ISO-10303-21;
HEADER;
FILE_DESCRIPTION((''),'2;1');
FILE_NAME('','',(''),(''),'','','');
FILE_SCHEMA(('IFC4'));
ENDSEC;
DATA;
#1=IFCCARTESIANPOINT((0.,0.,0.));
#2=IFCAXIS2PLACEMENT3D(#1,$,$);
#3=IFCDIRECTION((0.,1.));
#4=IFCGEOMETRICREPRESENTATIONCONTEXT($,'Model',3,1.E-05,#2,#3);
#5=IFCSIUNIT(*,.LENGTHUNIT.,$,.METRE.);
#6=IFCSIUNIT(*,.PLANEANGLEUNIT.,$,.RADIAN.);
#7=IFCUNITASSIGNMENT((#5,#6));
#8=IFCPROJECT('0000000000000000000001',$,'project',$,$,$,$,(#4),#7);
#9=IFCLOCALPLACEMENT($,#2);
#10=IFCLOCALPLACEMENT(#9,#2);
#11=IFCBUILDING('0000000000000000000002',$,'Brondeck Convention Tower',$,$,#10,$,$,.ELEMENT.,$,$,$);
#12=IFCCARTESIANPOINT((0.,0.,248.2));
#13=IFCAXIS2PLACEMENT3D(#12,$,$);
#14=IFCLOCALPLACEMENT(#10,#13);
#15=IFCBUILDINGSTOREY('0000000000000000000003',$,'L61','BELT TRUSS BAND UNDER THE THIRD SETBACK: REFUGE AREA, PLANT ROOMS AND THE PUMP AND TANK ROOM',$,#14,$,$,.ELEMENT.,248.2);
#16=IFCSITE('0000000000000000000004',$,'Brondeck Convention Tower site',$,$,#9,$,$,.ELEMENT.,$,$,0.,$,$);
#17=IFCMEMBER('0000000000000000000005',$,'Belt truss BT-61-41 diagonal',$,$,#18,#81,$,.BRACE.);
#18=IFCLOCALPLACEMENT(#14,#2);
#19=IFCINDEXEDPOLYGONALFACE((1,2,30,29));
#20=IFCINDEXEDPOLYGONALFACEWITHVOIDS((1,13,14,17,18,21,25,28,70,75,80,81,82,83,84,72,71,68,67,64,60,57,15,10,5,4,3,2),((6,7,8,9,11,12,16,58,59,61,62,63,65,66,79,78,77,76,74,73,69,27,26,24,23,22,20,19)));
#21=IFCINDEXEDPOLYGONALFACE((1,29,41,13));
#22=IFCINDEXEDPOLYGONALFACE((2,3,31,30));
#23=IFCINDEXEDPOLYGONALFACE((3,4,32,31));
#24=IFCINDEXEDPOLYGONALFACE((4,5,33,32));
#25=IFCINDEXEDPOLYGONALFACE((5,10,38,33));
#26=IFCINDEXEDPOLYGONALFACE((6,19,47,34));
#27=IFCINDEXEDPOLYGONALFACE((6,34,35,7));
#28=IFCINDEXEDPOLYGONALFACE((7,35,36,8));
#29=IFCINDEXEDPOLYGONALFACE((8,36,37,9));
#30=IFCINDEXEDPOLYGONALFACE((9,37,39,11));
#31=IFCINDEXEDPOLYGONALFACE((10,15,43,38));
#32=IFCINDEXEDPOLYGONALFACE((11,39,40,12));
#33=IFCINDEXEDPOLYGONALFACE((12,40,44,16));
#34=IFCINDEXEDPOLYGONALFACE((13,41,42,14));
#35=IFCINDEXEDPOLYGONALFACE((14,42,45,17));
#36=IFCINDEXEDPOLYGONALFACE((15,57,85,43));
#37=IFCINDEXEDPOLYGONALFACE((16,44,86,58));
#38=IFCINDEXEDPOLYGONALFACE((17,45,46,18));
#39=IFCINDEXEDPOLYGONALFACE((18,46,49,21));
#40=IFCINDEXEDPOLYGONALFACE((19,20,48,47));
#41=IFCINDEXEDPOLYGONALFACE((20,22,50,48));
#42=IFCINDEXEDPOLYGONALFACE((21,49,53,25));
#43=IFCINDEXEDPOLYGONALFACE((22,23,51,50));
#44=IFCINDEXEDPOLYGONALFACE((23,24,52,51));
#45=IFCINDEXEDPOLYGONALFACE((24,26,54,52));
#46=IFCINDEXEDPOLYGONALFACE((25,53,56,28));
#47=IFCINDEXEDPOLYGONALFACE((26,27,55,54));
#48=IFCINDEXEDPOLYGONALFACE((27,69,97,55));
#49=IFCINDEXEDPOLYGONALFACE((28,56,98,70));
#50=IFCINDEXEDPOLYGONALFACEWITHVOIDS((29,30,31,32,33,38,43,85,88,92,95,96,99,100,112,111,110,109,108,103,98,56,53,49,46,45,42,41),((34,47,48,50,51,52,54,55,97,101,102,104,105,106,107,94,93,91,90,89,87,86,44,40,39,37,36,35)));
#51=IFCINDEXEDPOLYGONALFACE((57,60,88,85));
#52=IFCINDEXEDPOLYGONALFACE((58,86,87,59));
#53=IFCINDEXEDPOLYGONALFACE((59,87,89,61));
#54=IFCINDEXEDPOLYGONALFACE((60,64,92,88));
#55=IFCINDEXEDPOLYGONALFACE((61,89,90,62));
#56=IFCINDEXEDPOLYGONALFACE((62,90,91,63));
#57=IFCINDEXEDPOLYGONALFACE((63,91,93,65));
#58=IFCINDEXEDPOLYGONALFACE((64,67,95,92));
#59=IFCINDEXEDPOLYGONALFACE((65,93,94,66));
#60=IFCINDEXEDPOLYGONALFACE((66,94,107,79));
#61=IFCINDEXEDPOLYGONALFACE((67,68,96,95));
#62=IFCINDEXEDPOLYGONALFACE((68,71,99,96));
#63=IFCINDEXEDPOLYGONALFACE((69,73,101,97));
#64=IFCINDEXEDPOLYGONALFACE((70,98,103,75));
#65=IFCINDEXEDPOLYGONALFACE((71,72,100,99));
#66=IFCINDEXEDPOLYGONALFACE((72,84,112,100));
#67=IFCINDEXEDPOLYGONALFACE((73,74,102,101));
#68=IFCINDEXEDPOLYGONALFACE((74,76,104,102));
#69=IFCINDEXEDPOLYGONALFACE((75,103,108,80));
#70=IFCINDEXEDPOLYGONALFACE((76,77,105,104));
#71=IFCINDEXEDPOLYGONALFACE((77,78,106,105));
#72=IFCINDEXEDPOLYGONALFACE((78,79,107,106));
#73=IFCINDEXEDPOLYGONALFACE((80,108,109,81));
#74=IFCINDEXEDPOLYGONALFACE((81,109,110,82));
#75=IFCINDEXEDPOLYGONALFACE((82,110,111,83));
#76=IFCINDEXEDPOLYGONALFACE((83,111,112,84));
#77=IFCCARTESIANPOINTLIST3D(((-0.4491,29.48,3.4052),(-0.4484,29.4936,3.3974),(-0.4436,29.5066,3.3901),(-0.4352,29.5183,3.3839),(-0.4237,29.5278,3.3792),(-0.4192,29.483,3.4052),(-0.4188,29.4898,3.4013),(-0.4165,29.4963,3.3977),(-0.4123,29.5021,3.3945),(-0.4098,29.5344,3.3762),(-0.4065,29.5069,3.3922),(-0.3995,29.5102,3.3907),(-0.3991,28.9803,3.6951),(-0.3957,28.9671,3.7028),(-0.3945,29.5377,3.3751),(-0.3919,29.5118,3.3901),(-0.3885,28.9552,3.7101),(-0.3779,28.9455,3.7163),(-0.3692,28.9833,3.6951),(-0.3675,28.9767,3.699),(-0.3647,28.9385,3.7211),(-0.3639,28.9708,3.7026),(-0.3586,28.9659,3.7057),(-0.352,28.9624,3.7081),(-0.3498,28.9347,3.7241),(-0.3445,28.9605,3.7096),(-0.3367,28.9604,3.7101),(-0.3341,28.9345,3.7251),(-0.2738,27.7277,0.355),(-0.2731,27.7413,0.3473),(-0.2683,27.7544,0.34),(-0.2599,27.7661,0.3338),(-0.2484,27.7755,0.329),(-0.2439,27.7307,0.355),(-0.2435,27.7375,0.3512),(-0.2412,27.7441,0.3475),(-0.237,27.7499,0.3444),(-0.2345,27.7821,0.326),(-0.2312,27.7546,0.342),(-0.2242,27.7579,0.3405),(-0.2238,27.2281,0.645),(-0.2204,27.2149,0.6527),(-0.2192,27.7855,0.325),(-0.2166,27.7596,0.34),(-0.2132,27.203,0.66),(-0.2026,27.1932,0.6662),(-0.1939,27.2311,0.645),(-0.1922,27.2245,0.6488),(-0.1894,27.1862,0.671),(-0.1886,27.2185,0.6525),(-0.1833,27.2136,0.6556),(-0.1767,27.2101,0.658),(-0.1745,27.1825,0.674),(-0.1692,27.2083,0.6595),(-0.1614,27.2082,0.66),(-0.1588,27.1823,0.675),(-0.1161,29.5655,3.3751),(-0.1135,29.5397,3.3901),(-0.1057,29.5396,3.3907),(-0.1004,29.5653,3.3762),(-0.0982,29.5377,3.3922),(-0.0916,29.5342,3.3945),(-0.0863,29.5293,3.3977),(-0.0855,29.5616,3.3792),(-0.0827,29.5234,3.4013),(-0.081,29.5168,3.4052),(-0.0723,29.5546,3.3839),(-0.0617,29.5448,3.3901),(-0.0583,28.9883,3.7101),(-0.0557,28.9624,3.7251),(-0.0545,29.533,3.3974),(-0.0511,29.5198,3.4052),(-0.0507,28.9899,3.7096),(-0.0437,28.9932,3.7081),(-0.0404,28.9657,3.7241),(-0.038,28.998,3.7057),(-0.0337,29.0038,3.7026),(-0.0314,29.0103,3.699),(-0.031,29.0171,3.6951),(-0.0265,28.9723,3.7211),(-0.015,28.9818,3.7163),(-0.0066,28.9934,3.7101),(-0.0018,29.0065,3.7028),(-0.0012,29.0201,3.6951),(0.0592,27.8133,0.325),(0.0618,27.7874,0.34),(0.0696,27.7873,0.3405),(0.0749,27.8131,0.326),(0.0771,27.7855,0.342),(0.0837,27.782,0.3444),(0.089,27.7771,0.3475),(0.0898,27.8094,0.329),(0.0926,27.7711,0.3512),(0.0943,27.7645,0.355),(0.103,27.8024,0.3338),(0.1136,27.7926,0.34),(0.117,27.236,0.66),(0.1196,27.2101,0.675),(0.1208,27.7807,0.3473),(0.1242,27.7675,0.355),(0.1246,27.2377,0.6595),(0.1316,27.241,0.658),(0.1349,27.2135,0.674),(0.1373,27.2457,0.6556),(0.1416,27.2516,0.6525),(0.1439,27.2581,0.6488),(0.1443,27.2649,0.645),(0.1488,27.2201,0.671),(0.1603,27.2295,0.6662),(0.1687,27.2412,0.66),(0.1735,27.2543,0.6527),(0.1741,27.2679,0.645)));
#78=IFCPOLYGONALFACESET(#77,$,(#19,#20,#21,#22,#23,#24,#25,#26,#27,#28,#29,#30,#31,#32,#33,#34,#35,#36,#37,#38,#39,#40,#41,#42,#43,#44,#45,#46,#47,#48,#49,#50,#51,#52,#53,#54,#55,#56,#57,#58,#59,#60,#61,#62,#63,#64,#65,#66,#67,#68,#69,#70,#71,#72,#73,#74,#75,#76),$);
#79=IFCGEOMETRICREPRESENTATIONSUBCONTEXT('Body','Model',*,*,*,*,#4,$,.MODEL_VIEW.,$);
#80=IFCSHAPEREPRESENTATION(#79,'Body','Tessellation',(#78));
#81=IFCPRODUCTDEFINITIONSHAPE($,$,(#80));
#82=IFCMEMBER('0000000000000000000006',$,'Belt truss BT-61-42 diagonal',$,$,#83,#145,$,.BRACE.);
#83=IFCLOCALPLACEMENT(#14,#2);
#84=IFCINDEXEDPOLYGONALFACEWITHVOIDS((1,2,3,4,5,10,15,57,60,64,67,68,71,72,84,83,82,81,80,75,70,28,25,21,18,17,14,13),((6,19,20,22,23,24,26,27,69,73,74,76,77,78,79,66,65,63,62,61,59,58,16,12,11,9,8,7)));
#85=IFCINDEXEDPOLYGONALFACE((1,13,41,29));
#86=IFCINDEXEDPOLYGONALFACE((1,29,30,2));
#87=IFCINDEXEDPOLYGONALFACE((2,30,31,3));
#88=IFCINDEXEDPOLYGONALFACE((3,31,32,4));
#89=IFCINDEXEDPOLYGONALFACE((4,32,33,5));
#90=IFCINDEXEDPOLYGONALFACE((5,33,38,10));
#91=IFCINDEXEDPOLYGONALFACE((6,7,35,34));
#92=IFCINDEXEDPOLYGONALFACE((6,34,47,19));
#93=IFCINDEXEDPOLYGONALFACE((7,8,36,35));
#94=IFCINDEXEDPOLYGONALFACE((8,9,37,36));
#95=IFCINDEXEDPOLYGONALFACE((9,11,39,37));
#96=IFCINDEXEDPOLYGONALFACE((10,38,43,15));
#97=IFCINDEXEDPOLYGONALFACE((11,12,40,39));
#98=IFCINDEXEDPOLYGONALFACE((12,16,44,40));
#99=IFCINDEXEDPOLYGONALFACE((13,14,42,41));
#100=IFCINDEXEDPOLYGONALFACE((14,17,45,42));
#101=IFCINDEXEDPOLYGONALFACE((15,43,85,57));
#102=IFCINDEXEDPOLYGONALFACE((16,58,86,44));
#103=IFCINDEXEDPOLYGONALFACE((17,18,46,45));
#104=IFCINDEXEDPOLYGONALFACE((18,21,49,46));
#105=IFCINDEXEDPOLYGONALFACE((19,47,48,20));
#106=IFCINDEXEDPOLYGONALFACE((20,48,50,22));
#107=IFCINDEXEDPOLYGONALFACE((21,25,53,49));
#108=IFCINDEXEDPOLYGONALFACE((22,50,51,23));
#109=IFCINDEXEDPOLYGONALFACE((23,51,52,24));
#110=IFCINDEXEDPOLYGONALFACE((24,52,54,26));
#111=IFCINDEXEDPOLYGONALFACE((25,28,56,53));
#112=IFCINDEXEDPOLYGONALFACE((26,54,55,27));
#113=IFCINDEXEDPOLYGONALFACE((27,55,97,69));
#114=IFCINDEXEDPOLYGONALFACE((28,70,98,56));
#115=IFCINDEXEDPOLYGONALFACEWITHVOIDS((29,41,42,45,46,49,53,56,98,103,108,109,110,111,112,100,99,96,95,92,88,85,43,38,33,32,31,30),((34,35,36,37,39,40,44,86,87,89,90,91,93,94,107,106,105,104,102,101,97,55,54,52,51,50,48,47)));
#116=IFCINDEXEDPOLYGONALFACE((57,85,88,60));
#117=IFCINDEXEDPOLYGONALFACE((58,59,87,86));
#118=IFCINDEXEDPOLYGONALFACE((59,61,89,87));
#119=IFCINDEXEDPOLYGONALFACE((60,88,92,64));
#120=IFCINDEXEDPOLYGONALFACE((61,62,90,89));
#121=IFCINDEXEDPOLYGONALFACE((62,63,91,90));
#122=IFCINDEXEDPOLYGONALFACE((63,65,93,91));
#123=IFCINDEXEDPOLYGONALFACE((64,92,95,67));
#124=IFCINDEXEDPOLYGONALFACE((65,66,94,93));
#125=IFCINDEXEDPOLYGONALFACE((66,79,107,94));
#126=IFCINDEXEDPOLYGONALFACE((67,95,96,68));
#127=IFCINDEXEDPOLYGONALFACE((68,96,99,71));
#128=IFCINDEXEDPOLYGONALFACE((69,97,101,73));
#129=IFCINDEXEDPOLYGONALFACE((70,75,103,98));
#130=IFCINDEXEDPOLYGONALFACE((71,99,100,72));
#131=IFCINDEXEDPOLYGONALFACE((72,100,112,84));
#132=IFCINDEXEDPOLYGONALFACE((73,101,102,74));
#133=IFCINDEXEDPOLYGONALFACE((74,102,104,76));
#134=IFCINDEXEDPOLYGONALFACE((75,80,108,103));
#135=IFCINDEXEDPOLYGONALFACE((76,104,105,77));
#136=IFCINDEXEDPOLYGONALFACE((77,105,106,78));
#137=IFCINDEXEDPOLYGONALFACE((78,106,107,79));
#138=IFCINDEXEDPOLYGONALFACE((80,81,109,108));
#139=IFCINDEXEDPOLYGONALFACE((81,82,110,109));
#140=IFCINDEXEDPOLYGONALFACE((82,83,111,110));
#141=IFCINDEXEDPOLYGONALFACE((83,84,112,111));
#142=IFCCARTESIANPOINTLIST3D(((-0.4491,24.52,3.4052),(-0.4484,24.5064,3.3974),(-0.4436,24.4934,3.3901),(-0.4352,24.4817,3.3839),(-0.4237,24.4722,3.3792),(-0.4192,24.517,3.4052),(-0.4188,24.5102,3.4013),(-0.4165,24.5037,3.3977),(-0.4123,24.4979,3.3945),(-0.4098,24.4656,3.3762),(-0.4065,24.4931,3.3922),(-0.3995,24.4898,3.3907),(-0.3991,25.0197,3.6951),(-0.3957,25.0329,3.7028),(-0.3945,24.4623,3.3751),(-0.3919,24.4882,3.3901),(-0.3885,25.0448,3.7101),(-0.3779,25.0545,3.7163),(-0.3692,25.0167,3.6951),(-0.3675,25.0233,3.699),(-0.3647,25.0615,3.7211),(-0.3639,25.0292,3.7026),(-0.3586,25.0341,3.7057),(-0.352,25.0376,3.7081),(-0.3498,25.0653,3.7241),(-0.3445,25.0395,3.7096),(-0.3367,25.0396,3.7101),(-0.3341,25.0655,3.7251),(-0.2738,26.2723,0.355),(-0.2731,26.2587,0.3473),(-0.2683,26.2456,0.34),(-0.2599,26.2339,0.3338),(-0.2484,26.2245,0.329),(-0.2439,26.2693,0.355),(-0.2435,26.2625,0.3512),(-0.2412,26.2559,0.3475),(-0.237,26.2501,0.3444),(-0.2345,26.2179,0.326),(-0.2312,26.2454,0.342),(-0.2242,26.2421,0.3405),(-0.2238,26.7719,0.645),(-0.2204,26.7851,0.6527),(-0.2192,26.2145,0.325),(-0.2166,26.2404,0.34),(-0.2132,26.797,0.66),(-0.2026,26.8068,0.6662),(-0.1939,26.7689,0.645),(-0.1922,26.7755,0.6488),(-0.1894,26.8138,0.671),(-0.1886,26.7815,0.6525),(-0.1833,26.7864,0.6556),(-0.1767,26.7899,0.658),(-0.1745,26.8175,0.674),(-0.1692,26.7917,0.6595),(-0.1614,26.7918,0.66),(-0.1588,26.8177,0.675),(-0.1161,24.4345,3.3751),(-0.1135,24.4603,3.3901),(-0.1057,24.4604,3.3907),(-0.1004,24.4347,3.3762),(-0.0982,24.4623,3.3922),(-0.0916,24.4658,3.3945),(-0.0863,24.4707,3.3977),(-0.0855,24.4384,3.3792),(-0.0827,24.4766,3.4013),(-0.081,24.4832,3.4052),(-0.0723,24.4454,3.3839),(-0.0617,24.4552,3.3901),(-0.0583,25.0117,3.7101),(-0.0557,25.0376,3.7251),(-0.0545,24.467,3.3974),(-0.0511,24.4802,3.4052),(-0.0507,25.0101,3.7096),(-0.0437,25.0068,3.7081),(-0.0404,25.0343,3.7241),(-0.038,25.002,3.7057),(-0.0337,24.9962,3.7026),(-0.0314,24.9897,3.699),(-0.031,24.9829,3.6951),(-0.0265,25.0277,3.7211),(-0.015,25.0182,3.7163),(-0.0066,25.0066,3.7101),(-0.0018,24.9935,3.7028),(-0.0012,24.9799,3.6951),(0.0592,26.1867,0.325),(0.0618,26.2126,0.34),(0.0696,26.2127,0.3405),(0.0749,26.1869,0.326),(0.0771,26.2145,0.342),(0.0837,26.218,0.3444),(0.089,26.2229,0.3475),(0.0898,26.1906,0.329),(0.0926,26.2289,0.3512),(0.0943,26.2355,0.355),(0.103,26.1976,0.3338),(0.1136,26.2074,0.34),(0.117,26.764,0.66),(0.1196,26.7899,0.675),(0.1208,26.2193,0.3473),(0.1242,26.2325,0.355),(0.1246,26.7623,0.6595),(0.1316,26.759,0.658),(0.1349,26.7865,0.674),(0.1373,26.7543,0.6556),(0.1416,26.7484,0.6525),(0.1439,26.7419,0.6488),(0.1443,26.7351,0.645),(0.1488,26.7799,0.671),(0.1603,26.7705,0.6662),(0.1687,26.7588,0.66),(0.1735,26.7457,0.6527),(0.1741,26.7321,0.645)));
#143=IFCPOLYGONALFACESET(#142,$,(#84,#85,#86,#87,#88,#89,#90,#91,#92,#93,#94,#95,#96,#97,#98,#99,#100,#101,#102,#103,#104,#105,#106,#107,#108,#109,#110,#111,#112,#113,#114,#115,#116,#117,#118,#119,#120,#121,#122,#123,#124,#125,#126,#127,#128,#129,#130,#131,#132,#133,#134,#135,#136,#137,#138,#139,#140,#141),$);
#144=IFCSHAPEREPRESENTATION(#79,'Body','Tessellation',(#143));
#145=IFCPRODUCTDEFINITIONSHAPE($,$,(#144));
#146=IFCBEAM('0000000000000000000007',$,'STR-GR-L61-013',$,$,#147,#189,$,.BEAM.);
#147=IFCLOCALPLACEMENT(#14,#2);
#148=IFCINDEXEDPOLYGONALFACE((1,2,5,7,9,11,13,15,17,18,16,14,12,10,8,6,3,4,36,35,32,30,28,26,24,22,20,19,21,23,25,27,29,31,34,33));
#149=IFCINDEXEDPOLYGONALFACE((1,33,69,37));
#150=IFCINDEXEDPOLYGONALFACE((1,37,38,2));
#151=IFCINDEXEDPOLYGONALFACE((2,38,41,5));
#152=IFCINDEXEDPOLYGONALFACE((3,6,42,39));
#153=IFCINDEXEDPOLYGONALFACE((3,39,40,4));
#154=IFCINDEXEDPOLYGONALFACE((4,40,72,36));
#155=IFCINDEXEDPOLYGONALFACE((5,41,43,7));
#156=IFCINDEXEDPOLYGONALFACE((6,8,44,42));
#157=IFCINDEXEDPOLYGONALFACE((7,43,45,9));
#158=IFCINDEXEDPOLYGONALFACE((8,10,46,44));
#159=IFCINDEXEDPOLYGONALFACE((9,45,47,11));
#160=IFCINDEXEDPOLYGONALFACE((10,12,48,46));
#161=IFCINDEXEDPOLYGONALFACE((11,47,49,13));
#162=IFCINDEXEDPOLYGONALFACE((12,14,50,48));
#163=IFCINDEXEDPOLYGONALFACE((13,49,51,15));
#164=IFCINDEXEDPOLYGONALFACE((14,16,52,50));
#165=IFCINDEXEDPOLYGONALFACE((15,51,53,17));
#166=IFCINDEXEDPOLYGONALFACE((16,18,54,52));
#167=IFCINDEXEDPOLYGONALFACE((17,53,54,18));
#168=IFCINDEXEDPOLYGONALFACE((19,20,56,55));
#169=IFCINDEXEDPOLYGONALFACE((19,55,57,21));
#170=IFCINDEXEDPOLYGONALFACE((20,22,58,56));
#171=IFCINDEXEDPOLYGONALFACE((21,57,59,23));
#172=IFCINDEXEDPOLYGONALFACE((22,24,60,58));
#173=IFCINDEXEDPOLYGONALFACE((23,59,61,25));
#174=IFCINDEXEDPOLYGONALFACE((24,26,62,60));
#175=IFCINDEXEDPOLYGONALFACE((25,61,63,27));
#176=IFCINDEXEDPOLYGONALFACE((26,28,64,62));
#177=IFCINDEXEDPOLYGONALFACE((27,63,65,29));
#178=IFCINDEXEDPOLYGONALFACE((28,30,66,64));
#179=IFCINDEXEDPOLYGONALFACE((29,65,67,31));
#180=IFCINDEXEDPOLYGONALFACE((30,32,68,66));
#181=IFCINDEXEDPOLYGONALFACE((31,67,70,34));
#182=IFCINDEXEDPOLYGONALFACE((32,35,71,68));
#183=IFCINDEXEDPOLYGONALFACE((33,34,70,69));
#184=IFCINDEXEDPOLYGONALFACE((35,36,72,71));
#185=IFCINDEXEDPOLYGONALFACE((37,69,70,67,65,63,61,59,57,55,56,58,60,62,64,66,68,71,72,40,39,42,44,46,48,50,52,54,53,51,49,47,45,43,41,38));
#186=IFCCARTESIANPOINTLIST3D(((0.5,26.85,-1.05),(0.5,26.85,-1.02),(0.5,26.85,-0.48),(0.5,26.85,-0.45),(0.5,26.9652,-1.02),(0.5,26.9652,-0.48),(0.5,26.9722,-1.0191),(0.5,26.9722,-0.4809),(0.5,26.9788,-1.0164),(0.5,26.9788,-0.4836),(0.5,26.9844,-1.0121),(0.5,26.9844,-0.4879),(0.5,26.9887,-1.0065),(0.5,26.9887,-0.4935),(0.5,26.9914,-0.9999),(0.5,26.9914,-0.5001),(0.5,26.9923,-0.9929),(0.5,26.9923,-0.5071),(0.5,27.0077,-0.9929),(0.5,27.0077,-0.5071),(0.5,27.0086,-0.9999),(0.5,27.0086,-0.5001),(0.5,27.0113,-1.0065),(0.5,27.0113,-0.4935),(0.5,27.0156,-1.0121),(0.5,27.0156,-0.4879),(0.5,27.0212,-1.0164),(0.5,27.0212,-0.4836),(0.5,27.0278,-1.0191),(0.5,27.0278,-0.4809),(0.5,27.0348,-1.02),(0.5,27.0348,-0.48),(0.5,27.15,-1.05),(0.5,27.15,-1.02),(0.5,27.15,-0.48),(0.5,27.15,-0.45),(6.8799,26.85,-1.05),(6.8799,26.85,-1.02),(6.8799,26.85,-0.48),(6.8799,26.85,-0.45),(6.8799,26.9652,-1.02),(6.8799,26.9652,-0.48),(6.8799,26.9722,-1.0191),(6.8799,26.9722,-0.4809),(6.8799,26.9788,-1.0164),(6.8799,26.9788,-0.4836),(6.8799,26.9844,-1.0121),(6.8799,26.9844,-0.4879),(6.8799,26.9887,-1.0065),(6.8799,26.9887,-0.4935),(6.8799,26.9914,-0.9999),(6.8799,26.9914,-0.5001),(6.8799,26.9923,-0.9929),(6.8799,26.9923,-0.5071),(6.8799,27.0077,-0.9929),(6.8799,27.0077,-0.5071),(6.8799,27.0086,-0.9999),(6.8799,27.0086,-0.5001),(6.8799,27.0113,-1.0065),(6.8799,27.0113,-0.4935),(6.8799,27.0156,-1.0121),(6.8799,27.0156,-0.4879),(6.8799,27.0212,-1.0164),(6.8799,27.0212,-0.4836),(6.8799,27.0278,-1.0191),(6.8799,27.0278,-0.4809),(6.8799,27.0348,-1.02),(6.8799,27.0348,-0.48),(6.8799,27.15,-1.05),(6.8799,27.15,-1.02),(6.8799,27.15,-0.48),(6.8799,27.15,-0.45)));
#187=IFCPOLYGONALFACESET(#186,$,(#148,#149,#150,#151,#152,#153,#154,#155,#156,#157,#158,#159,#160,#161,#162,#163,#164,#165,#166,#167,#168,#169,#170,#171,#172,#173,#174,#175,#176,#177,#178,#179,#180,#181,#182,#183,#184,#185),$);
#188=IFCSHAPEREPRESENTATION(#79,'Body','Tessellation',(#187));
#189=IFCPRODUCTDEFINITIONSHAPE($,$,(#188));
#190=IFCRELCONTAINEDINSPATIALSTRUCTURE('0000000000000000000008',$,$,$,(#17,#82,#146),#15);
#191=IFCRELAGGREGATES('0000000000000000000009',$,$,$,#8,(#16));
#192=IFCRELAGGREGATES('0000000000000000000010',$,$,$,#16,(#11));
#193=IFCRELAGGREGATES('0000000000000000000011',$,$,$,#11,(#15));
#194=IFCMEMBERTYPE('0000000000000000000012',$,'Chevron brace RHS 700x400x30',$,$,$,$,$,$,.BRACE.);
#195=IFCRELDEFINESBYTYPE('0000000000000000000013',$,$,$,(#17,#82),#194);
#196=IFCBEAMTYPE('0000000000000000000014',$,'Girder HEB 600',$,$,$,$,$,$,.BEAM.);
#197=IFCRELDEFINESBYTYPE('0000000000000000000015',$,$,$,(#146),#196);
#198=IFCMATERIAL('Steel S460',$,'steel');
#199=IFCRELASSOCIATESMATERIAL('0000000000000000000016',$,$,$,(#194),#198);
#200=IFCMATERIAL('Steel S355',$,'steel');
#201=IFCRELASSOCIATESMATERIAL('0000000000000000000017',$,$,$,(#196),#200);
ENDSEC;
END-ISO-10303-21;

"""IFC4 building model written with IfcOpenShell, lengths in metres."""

from ifc_helpers import new_model, si_unit, direction, frame, origin, origin_2d, place, context, subcontext, project, spatial, hollow_rectangle, i_section, extrude, material, material_profile, profile_set, type_object, element, save


model = new_model("IFC4")

# Units and contexts
model_context = context("Model", 3, precision=1e-05, world=origin(), true_north=direction((0.0, 1.0)))
body_context = subcontext(model_context, "Body", "Model", "MODEL_VIEW")
ifc_project = project(units=[si_unit("LENGTHUNIT", "METRE"), si_unit("PLANEANGLEUNIT", "RADIAN")], contexts=[model_context])

# Site, building, storey
site_placement = place(None, origin())
site = spatial("IfcSite", under=ifc_project, at=site_placement, Name="Brondeck Convention Tower site", CompositionType="ELEMENT", RefElevation=0.0)
building_placement = place(site_placement, origin())
building = spatial("IfcBuilding", under=site, at=building_placement, Name="Brondeck Convention Tower", CompositionType="ELEMENT")
storey_placement = place(building_placement, frame((0.0, 0.0, 248.2)))
storey = spatial("IfcBuildingStorey", under=building, at=storey_placement, Name="L61", Description="BELT TRUSS BAND UNDER THE THIRD SETBACK: REFUGE AREA, PLANT ROOMS AND THE PUMP AND TANK ROOM", CompositionType="ELEMENT", Elevation=248.2)

# Members
ifc_material_1 = material(Name="Steel S460", Category="steel")
ifc_material_profile_1 = material_profile(ifc_material_1, hollow_rectangle(XDim=0.3999, YDim=0.7, WallThickness=0.03, InnerFilletRadius=0.03, OuterFilletRadius=0.0601, at=origin_2d()), Name="RHS 700x400x30")
ifc_profile_set_1 = profile_set([ifc_material_profile_1], Name="Steel S460")
member_type_1 = type_object("IfcMemberType", Name="Chevron brace RHS 700x400x30", PredefinedType="BRACE", material=ifc_profile_set_1)
for number, where, z_axis, x_axis, name in (
    (1, (-0.0498, 27.4978, 0.5), (-0.049772, 0.497516, 0.866026), (-0.995033, -0.099545, 0.0), "Belt truss BT-61-41 diagonal"),
    (2, (-0.0498, 26.5022, 0.5), (-0.049772, -0.497516, 0.866026), (0.995033, -0.099545, 0.0), "Belt truss BT-61-42 diagonal"),
):
    element("IfcMember", number, at=place(storey_placement, frame(where, z_axis=z_axis, x_axis=x_axis)), inside=storey, type_object=member_type_1, Name=name, PredefinedType="BRACE", context=body_context, shape_type="SweptSolid", body=[
        extrude(hollow_rectangle(XDim=0.3999, YDim=0.7, WallThickness=0.03, InnerFilletRadius=0.03, OuterFilletRadius=0.0601, at=origin_2d()), origin(), (0.0, 0.0, 1.0), 3.522),
    ])

# Beam
ifc_material_2 = material(Name="Steel S355", Category="steel")
ifc_material_profile_2 = material_profile(ifc_material_2, i_section(OverallWidth=0.3, OverallDepth=0.6001, WebThickness=0.0154, FlangeThickness=0.03, FilletRadius=0.0271, at=origin_2d()), Name="HEB 600")
ifc_profile_set_2 = profile_set([ifc_material_profile_2], Name="Steel S355")
beam_type_1 = type_object("IfcBeamType", Name="Girder HEB 600", PredefinedType="BEAM", material=ifc_profile_set_2)
beam_placement = place(storey_placement, frame((0.5, 27.0, -0.75), z_axis=(1.0, 0.0, 0.0), x_axis=(0.0, 1.0, 0.0)))
element("IfcBeam", 3, at=beam_placement, inside=storey, type_object=beam_type_1, Name="STR-GR-L61-013", PredefinedType="BEAM", context=body_context, shape_type="SweptSolid", body=[
    extrude(i_section(OverallWidth=0.3, OverallDepth=0.6001, WebThickness=0.0154, FlangeThickness=0.03, FilletRadius=0.0271, at=origin_2d()), origin(), (0.0, 0.0, 1.0), 6.3799),
])

save(model, "model.ifc")
